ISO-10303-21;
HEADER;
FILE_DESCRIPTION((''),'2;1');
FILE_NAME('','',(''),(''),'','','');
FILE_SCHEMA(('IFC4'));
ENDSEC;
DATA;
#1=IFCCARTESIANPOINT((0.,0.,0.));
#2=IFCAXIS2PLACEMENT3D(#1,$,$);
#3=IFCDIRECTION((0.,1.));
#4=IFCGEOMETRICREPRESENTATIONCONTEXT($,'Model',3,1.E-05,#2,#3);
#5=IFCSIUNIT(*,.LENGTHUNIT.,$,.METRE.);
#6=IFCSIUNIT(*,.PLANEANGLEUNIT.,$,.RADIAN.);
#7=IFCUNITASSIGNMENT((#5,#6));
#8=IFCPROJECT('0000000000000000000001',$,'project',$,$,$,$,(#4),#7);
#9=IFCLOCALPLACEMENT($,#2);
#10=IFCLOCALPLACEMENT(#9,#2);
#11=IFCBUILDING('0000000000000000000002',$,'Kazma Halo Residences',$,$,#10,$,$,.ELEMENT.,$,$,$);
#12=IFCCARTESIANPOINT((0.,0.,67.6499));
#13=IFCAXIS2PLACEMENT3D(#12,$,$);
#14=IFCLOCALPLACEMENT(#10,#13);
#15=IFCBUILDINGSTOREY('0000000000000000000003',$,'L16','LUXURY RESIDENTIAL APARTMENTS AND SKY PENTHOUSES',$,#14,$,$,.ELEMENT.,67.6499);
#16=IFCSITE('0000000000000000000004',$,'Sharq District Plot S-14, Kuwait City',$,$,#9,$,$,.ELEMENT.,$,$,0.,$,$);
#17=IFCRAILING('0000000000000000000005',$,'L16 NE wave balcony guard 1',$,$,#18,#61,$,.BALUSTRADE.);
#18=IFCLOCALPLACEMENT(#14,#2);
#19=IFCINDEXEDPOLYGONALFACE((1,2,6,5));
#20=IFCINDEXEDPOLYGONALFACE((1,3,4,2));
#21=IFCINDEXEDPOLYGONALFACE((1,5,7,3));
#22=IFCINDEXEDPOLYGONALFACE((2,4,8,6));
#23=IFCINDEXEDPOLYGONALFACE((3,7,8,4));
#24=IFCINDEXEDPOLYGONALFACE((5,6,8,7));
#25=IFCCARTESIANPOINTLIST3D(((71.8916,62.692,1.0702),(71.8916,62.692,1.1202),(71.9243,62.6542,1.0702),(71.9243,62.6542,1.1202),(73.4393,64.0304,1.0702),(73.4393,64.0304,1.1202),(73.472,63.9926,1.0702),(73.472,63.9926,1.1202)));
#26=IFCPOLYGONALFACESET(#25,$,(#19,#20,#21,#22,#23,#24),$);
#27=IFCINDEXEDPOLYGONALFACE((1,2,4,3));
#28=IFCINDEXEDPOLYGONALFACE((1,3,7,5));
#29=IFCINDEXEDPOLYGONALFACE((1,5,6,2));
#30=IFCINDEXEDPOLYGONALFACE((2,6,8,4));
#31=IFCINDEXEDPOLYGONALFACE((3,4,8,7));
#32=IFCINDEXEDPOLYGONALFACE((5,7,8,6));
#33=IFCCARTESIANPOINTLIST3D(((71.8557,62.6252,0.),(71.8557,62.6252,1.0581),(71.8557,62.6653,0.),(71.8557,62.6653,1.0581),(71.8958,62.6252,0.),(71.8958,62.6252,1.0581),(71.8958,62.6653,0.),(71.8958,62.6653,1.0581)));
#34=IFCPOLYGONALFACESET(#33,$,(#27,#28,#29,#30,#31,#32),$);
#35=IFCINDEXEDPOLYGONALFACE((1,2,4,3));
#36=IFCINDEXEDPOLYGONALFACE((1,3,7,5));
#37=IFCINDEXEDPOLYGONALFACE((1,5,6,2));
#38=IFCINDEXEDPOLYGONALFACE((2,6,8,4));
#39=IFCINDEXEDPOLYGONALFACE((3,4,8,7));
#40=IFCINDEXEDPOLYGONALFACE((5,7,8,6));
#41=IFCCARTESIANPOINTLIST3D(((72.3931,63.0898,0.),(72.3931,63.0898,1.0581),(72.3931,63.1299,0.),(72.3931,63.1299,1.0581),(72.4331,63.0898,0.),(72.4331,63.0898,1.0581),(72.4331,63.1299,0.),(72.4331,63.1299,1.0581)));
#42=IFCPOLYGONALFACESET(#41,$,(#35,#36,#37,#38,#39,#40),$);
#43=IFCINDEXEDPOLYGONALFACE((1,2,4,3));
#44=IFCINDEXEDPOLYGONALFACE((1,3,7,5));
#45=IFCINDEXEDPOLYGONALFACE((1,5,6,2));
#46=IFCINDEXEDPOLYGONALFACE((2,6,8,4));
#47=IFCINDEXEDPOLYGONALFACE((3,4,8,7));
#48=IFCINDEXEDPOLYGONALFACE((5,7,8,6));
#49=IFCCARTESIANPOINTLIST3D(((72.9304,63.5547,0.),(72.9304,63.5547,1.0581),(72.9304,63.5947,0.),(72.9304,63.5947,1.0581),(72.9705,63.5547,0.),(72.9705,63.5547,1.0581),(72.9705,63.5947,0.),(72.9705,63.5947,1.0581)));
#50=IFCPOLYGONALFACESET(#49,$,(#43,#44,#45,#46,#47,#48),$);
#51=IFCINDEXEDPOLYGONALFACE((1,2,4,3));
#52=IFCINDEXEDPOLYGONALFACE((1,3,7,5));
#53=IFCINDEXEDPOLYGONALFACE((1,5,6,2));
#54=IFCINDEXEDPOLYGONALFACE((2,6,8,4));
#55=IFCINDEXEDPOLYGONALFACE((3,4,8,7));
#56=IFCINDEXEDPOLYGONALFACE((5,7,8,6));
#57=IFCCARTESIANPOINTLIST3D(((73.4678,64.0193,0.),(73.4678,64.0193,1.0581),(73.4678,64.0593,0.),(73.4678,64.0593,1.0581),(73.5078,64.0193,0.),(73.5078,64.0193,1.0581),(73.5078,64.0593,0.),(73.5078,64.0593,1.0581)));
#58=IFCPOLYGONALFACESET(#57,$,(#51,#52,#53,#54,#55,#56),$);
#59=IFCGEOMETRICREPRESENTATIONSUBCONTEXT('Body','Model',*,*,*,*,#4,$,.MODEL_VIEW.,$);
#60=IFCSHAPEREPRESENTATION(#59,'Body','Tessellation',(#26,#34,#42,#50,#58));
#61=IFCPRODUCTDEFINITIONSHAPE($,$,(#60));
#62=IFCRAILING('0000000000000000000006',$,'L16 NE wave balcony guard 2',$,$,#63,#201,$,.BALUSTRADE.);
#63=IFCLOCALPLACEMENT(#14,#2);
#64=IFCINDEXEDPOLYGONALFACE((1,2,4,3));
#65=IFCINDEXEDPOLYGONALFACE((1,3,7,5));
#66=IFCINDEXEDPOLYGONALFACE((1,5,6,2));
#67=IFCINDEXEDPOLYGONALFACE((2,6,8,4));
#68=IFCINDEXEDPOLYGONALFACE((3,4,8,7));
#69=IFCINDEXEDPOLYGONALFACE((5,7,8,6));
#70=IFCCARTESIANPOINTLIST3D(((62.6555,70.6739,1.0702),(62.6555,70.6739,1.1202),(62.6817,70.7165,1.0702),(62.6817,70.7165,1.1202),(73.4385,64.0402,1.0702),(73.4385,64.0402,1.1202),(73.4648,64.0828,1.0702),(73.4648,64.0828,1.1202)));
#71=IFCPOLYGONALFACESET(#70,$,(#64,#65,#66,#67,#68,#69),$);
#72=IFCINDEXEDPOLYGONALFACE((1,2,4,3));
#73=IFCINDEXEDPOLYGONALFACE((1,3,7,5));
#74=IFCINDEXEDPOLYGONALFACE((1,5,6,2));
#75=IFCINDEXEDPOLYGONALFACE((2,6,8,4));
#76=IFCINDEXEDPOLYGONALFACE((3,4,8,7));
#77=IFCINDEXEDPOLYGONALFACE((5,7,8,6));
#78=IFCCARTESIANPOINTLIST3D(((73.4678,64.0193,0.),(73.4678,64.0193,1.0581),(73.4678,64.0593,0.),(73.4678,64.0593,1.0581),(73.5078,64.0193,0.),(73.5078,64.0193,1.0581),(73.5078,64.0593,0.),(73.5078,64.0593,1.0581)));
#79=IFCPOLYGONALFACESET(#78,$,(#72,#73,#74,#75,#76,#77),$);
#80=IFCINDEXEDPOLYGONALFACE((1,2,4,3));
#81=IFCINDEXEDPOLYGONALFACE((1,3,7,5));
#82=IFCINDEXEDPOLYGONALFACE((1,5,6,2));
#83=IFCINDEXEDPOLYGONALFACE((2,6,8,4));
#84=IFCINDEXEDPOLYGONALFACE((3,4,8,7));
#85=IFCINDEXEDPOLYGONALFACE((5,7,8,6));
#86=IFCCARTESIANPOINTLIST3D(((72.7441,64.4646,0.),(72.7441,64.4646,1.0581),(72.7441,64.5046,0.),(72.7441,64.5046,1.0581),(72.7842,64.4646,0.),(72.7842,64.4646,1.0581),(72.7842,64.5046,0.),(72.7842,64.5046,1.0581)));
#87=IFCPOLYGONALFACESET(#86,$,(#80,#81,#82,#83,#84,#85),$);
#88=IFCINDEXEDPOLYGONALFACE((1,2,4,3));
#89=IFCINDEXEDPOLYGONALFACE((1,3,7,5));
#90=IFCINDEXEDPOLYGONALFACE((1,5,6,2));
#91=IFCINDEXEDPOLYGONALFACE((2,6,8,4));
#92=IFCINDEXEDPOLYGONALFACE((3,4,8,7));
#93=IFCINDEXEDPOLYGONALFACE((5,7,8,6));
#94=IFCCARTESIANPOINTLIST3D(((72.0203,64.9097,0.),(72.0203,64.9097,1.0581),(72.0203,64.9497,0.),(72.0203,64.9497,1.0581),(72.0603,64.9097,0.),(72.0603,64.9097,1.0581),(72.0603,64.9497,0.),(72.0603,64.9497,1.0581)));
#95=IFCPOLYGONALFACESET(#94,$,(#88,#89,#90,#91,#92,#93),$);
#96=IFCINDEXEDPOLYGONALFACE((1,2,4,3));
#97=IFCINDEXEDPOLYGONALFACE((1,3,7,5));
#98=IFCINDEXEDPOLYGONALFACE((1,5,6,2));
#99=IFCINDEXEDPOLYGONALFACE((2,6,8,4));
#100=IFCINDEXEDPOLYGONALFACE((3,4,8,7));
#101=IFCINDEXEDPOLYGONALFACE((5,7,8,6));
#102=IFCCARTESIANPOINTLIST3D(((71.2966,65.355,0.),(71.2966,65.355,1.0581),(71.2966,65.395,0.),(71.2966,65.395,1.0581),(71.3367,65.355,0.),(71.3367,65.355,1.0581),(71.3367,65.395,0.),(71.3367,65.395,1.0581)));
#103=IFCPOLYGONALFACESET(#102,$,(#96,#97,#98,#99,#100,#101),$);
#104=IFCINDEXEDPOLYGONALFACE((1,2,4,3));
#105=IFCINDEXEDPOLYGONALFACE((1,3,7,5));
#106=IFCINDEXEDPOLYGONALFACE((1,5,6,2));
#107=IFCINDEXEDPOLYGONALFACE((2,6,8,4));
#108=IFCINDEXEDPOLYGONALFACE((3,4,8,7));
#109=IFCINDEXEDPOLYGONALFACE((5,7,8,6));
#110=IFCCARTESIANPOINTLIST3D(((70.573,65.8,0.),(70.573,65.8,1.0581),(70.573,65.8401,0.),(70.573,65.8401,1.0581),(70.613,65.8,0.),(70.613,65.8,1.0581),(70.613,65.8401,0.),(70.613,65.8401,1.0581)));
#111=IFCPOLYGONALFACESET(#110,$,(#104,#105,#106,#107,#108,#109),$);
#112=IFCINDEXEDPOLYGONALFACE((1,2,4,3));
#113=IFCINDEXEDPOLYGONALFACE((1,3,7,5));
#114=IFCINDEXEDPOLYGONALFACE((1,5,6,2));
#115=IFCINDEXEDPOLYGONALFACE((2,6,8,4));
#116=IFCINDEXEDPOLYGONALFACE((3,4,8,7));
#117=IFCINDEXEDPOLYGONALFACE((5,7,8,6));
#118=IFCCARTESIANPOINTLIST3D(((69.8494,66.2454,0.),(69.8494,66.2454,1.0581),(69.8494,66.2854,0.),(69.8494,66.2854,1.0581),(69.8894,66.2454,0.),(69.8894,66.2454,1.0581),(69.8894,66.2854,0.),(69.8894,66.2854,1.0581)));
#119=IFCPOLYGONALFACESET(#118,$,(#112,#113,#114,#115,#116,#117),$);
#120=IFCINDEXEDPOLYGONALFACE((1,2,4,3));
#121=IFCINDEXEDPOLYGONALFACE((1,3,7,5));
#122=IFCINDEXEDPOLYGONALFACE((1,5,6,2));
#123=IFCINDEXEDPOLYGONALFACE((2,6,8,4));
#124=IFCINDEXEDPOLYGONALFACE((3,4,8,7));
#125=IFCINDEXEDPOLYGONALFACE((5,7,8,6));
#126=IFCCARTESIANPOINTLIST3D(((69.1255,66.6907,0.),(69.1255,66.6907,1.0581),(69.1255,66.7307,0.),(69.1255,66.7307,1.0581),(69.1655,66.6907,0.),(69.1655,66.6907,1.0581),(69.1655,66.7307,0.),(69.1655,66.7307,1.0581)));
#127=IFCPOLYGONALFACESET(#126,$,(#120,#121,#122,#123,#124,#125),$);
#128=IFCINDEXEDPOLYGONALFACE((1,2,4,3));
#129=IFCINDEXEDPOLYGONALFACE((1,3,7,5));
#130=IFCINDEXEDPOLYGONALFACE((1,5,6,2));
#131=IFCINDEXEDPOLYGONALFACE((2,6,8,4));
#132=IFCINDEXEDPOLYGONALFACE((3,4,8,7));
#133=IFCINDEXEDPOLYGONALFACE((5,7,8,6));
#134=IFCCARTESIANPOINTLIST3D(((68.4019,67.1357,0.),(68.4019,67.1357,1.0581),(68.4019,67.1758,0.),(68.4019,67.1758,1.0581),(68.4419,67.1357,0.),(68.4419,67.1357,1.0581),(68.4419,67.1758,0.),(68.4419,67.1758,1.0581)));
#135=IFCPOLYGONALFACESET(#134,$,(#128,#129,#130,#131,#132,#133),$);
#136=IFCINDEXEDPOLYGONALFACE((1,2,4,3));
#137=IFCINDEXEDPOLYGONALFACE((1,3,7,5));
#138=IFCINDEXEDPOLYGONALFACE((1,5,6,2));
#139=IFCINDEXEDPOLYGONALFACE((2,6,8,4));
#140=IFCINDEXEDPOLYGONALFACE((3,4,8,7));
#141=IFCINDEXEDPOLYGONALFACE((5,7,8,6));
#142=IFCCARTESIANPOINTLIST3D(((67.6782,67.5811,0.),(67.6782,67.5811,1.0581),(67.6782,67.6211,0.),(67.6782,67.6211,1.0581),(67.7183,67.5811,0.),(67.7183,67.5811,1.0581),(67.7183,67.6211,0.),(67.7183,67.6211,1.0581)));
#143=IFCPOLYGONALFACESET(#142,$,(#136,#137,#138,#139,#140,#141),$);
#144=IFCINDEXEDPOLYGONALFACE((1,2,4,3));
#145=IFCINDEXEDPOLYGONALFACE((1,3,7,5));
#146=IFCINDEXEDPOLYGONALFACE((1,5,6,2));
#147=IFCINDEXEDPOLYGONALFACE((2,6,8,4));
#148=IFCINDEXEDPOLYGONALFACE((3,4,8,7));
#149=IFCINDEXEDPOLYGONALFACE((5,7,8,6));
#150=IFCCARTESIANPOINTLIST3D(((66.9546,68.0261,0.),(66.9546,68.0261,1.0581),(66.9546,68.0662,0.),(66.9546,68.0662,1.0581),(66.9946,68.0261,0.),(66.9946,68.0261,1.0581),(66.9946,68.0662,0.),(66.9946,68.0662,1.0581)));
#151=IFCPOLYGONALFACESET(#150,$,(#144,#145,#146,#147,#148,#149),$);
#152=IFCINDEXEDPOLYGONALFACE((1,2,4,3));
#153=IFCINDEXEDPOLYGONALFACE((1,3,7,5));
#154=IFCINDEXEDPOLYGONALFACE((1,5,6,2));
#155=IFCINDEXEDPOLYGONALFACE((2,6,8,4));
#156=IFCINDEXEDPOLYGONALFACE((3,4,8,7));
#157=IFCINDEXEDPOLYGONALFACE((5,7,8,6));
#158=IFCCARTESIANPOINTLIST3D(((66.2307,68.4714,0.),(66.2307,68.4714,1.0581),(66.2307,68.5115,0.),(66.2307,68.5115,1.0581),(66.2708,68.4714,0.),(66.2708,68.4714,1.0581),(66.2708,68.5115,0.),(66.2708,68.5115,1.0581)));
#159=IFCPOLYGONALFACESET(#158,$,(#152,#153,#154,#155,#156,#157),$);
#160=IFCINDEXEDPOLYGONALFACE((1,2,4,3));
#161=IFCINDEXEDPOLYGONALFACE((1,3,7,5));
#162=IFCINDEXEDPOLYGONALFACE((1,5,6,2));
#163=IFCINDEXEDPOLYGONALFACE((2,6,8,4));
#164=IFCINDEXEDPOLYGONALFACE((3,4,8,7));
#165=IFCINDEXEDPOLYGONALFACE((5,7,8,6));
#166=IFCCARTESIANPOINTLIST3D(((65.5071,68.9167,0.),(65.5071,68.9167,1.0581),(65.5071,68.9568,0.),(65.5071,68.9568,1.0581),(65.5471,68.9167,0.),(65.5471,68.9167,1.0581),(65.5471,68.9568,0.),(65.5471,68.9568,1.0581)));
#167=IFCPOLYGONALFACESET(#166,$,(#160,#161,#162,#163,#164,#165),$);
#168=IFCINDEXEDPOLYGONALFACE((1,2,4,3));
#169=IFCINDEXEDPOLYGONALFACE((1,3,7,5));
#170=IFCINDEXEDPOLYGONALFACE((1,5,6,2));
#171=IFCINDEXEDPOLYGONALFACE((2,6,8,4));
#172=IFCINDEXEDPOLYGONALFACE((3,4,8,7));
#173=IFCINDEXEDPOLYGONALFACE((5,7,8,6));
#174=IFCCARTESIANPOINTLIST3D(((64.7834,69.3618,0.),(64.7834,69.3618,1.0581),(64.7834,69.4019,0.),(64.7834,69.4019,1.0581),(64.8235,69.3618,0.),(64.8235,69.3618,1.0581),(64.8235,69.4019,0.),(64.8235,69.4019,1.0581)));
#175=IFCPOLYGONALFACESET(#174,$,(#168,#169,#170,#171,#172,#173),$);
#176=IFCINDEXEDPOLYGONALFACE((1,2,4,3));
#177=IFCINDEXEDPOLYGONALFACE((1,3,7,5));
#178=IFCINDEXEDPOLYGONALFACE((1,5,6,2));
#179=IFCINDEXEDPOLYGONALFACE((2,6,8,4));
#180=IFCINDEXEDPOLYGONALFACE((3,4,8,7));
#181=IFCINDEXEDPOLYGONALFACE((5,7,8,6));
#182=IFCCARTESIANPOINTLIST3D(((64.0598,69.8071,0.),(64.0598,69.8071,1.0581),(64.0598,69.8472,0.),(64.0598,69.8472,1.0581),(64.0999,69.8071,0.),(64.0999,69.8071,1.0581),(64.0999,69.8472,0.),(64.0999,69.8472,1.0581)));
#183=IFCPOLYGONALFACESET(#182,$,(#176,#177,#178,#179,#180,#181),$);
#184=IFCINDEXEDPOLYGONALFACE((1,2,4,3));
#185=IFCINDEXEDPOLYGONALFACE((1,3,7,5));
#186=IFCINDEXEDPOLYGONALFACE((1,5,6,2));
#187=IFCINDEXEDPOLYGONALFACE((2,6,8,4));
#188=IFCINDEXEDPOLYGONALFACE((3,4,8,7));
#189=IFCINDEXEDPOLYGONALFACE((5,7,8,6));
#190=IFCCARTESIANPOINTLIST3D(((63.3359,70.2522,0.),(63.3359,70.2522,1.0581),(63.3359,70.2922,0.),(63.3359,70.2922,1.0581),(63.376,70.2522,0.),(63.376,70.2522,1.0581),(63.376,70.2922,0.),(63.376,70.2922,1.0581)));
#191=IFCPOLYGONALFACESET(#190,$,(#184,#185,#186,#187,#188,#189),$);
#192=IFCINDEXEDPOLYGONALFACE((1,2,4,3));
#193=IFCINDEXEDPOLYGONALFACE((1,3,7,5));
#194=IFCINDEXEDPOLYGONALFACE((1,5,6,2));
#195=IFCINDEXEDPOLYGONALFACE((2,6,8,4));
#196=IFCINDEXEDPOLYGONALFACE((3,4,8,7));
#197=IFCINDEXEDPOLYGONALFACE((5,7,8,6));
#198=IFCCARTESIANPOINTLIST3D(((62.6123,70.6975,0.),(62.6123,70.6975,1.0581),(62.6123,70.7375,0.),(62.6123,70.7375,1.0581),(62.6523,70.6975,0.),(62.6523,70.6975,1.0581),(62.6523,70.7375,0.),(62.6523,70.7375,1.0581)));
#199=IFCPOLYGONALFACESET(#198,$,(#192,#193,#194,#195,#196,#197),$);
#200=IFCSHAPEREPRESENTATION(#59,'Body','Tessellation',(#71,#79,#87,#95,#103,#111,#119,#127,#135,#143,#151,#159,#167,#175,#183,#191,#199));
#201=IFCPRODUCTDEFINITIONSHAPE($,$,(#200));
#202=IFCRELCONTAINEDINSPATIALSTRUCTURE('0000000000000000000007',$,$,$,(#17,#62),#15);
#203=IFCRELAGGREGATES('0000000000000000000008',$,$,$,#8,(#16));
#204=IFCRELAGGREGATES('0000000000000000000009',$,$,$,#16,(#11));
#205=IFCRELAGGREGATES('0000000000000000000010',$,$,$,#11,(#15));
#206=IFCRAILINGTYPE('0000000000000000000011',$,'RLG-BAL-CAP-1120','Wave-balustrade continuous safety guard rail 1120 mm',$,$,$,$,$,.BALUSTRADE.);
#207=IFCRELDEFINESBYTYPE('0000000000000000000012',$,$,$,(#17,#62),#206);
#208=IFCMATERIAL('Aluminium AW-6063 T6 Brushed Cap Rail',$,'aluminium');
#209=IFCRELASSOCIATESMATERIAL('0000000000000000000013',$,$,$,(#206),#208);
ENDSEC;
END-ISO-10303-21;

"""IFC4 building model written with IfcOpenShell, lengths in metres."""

from ifc_helpers import new_model, si_unit, direction, frame, origin, origin_2d, place, context, subcontext, project, spatial, rectangle, extrude, material, type_object, element, save


model = new_model("IFC4")

# Units and contexts
model_context = context("Model", 3, precision=1e-05, world=origin(), true_north=direction((0.0, 1.0)))
body_context = subcontext(model_context, "Body", "Model", "MODEL_VIEW")
ifc_project = project(units=[si_unit("LENGTHUNIT", "METRE"), si_unit("PLANEANGLEUNIT", "RADIAN")], contexts=[model_context])

# Site, building, storey
site_placement = place(None, origin())
site = spatial("IfcSite", under=ifc_project, at=site_placement, Name="Sharq District Plot S-14, Kuwait City", CompositionType="ELEMENT", RefElevation=0.0)
building_placement = place(site_placement, origin())
building = spatial("IfcBuilding", under=site, at=building_placement, Name="Kazma Halo Residences", CompositionType="ELEMENT")
storey_placement = place(building_placement, frame((0.0, 0.0, 67.6499)))
storey = spatial("IfcBuildingStorey", under=building, at=storey_placement, Name="L16", Description="LUXURY RESIDENTIAL APARTMENTS AND SKY PENTHOUSES", CompositionType="ELEMENT", Elevation=67.6499)

# Railings
ifc_material_1 = material(Name="Aluminium AW-6063 T6 Brushed Cap Rail", Category="aluminium")
railing_type = type_object("IfcRailingType", Name="RLG-BAL-CAP-1120", Description="Wave-balustrade continuous safety guard rail 1120 mm", PredefinedType="BALUSTRADE", material=ifc_material_1)
railing_1_placement = place(storey_placement, frame((71.8757, 62.6453, 0.0)))
element("IfcRailing", 1, at=railing_1_placement, inside=storey, type_object=railing_type, Name="L16 NE wave balcony guard 1", PredefinedType="BALUSTRADE", context=body_context, shape_type="SweptSolid", body=[
    extrude(rectangle(XDim=0.05, YDim=0.05, at=origin_2d()), frame((0.0322, 0.0278, 1.0952), z_axis=(0.756403, 0.654106, 0.0), x_axis=(-0.654106, 0.756403, 0.0)), (0.0, 0.0, 1.0), 2.0461),
    extrude(rectangle(XDim=0.04, YDim=0.04, at=origin_2d()), origin(), (0.0, 0.0, 1.0), 1.0581),
    extrude(rectangle(XDim=0.04, YDim=0.04, at=origin_2d()), frame((0.5374, 0.4646, 0.0)), (0.0, 0.0, 1.0), 1.0581),
    extrude(rectangle(XDim=0.04, YDim=0.04, at=origin_2d()), frame((1.0747, 0.9294, 0.0)), (0.0, 0.0, 1.0), 1.0581),
    extrude(rectangle(XDim=0.04, YDim=0.04, at=origin_2d()), frame((1.6121, 1.394, 0.0)), (0.0, 0.0, 1.0), 1.0581),
])
railing_2_placement = place(storey_placement, frame((73.4878, 64.0393, 0.0)))
element("IfcRailing", 2, at=railing_2_placement, inside=storey, type_object=railing_type, Name="L16 NE wave balcony guard 2", PredefinedType="BALUSTRADE", context=body_context, shape_type="SweptSolid", body=[
    extrude(rectangle(XDim=0.05, YDim=0.05, at=origin_2d()), frame((-0.0361, 0.0222, 1.0952), z_axis=(-0.851731, 0.52398, 0.0), x_axis=(-0.52398, -0.851731, 0.0)), (0.0, 0.0, 1.0), 12.6602),
    extrude(rectangle(XDim=0.04, YDim=0.04, at=origin_2d()), origin(), (0.0, 0.0, 1.0), 1.0581),
    extrude(rectangle(XDim=0.04, YDim=0.04, at=origin_2d()), frame((-0.7236, 0.4453, 0.0)), (0.0, 0.0, 1.0), 1.0581),
    extrude(rectangle(XDim=0.04, YDim=0.04, at=origin_2d()), frame((-1.4475, 0.8904, 0.0)), (0.0, 0.0, 1.0), 1.0581),
    extrude(rectangle(XDim=0.04, YDim=0.04, at=origin_2d()), frame((-2.1711, 1.3357, 0.0)), (0.0, 0.0, 1.0), 1.0581),
    extrude(rectangle(XDim=0.04, YDim=0.04, at=origin_2d()), frame((-2.8948, 1.7808, 0.0)), (0.0, 0.0, 1.0), 1.0581),
    extrude(rectangle(XDim=0.04, YDim=0.04, at=origin_2d()), frame((-3.6184, 2.2261, 0.0)), (0.0, 0.0, 1.0), 1.0581),
    extrude(rectangle(XDim=0.04, YDim=0.04, at=origin_2d()), frame((-4.3423, 2.6714, 0.0)), (0.0, 0.0, 1.0), 1.0581),
    extrude(rectangle(XDim=0.04, YDim=0.04, at=origin_2d()), frame((-5.0659, 3.1165, 0.0)), (0.0, 0.0, 1.0), 1.0581),
    extrude(rectangle(XDim=0.04, YDim=0.04, at=origin_2d()), frame((-5.7896, 3.5618, 0.0)), (0.0, 0.0, 1.0), 1.0581),
    extrude(rectangle(XDim=0.04, YDim=0.04, at=origin_2d()), frame((-6.5132, 4.0068, 0.0)), (0.0, 0.0, 1.0), 1.0581),
    extrude(rectangle(XDim=0.04, YDim=0.04, at=origin_2d()), frame((-7.2371, 4.4521, 0.0)), (0.0, 0.0, 1.0), 1.0581),
    extrude(rectangle(XDim=0.04, YDim=0.04, at=origin_2d()), frame((-7.9607, 4.8975, 0.0)), (0.0, 0.0, 1.0), 1.0581),
    extrude(rectangle(XDim=0.04, YDim=0.04, at=origin_2d()), frame((-8.6843, 5.3425, 0.0)), (0.0, 0.0, 1.0), 1.0581),
    extrude(rectangle(XDim=0.04, YDim=0.04, at=origin_2d()), frame((-9.408, 5.7878, 0.0)), (0.0, 0.0, 1.0), 1.0581),
    extrude(rectangle(XDim=0.04, YDim=0.04, at=origin_2d()), frame((-10.1318, 6.2329, 0.0)), (0.0, 0.0, 1.0), 1.0581),
    extrude(rectangle(XDim=0.04, YDim=0.04, at=origin_2d()), frame((-10.8555, 6.6782, 0.0)), (0.0, 0.0, 1.0), 1.0581),
])

save(model, "model.ifc")
